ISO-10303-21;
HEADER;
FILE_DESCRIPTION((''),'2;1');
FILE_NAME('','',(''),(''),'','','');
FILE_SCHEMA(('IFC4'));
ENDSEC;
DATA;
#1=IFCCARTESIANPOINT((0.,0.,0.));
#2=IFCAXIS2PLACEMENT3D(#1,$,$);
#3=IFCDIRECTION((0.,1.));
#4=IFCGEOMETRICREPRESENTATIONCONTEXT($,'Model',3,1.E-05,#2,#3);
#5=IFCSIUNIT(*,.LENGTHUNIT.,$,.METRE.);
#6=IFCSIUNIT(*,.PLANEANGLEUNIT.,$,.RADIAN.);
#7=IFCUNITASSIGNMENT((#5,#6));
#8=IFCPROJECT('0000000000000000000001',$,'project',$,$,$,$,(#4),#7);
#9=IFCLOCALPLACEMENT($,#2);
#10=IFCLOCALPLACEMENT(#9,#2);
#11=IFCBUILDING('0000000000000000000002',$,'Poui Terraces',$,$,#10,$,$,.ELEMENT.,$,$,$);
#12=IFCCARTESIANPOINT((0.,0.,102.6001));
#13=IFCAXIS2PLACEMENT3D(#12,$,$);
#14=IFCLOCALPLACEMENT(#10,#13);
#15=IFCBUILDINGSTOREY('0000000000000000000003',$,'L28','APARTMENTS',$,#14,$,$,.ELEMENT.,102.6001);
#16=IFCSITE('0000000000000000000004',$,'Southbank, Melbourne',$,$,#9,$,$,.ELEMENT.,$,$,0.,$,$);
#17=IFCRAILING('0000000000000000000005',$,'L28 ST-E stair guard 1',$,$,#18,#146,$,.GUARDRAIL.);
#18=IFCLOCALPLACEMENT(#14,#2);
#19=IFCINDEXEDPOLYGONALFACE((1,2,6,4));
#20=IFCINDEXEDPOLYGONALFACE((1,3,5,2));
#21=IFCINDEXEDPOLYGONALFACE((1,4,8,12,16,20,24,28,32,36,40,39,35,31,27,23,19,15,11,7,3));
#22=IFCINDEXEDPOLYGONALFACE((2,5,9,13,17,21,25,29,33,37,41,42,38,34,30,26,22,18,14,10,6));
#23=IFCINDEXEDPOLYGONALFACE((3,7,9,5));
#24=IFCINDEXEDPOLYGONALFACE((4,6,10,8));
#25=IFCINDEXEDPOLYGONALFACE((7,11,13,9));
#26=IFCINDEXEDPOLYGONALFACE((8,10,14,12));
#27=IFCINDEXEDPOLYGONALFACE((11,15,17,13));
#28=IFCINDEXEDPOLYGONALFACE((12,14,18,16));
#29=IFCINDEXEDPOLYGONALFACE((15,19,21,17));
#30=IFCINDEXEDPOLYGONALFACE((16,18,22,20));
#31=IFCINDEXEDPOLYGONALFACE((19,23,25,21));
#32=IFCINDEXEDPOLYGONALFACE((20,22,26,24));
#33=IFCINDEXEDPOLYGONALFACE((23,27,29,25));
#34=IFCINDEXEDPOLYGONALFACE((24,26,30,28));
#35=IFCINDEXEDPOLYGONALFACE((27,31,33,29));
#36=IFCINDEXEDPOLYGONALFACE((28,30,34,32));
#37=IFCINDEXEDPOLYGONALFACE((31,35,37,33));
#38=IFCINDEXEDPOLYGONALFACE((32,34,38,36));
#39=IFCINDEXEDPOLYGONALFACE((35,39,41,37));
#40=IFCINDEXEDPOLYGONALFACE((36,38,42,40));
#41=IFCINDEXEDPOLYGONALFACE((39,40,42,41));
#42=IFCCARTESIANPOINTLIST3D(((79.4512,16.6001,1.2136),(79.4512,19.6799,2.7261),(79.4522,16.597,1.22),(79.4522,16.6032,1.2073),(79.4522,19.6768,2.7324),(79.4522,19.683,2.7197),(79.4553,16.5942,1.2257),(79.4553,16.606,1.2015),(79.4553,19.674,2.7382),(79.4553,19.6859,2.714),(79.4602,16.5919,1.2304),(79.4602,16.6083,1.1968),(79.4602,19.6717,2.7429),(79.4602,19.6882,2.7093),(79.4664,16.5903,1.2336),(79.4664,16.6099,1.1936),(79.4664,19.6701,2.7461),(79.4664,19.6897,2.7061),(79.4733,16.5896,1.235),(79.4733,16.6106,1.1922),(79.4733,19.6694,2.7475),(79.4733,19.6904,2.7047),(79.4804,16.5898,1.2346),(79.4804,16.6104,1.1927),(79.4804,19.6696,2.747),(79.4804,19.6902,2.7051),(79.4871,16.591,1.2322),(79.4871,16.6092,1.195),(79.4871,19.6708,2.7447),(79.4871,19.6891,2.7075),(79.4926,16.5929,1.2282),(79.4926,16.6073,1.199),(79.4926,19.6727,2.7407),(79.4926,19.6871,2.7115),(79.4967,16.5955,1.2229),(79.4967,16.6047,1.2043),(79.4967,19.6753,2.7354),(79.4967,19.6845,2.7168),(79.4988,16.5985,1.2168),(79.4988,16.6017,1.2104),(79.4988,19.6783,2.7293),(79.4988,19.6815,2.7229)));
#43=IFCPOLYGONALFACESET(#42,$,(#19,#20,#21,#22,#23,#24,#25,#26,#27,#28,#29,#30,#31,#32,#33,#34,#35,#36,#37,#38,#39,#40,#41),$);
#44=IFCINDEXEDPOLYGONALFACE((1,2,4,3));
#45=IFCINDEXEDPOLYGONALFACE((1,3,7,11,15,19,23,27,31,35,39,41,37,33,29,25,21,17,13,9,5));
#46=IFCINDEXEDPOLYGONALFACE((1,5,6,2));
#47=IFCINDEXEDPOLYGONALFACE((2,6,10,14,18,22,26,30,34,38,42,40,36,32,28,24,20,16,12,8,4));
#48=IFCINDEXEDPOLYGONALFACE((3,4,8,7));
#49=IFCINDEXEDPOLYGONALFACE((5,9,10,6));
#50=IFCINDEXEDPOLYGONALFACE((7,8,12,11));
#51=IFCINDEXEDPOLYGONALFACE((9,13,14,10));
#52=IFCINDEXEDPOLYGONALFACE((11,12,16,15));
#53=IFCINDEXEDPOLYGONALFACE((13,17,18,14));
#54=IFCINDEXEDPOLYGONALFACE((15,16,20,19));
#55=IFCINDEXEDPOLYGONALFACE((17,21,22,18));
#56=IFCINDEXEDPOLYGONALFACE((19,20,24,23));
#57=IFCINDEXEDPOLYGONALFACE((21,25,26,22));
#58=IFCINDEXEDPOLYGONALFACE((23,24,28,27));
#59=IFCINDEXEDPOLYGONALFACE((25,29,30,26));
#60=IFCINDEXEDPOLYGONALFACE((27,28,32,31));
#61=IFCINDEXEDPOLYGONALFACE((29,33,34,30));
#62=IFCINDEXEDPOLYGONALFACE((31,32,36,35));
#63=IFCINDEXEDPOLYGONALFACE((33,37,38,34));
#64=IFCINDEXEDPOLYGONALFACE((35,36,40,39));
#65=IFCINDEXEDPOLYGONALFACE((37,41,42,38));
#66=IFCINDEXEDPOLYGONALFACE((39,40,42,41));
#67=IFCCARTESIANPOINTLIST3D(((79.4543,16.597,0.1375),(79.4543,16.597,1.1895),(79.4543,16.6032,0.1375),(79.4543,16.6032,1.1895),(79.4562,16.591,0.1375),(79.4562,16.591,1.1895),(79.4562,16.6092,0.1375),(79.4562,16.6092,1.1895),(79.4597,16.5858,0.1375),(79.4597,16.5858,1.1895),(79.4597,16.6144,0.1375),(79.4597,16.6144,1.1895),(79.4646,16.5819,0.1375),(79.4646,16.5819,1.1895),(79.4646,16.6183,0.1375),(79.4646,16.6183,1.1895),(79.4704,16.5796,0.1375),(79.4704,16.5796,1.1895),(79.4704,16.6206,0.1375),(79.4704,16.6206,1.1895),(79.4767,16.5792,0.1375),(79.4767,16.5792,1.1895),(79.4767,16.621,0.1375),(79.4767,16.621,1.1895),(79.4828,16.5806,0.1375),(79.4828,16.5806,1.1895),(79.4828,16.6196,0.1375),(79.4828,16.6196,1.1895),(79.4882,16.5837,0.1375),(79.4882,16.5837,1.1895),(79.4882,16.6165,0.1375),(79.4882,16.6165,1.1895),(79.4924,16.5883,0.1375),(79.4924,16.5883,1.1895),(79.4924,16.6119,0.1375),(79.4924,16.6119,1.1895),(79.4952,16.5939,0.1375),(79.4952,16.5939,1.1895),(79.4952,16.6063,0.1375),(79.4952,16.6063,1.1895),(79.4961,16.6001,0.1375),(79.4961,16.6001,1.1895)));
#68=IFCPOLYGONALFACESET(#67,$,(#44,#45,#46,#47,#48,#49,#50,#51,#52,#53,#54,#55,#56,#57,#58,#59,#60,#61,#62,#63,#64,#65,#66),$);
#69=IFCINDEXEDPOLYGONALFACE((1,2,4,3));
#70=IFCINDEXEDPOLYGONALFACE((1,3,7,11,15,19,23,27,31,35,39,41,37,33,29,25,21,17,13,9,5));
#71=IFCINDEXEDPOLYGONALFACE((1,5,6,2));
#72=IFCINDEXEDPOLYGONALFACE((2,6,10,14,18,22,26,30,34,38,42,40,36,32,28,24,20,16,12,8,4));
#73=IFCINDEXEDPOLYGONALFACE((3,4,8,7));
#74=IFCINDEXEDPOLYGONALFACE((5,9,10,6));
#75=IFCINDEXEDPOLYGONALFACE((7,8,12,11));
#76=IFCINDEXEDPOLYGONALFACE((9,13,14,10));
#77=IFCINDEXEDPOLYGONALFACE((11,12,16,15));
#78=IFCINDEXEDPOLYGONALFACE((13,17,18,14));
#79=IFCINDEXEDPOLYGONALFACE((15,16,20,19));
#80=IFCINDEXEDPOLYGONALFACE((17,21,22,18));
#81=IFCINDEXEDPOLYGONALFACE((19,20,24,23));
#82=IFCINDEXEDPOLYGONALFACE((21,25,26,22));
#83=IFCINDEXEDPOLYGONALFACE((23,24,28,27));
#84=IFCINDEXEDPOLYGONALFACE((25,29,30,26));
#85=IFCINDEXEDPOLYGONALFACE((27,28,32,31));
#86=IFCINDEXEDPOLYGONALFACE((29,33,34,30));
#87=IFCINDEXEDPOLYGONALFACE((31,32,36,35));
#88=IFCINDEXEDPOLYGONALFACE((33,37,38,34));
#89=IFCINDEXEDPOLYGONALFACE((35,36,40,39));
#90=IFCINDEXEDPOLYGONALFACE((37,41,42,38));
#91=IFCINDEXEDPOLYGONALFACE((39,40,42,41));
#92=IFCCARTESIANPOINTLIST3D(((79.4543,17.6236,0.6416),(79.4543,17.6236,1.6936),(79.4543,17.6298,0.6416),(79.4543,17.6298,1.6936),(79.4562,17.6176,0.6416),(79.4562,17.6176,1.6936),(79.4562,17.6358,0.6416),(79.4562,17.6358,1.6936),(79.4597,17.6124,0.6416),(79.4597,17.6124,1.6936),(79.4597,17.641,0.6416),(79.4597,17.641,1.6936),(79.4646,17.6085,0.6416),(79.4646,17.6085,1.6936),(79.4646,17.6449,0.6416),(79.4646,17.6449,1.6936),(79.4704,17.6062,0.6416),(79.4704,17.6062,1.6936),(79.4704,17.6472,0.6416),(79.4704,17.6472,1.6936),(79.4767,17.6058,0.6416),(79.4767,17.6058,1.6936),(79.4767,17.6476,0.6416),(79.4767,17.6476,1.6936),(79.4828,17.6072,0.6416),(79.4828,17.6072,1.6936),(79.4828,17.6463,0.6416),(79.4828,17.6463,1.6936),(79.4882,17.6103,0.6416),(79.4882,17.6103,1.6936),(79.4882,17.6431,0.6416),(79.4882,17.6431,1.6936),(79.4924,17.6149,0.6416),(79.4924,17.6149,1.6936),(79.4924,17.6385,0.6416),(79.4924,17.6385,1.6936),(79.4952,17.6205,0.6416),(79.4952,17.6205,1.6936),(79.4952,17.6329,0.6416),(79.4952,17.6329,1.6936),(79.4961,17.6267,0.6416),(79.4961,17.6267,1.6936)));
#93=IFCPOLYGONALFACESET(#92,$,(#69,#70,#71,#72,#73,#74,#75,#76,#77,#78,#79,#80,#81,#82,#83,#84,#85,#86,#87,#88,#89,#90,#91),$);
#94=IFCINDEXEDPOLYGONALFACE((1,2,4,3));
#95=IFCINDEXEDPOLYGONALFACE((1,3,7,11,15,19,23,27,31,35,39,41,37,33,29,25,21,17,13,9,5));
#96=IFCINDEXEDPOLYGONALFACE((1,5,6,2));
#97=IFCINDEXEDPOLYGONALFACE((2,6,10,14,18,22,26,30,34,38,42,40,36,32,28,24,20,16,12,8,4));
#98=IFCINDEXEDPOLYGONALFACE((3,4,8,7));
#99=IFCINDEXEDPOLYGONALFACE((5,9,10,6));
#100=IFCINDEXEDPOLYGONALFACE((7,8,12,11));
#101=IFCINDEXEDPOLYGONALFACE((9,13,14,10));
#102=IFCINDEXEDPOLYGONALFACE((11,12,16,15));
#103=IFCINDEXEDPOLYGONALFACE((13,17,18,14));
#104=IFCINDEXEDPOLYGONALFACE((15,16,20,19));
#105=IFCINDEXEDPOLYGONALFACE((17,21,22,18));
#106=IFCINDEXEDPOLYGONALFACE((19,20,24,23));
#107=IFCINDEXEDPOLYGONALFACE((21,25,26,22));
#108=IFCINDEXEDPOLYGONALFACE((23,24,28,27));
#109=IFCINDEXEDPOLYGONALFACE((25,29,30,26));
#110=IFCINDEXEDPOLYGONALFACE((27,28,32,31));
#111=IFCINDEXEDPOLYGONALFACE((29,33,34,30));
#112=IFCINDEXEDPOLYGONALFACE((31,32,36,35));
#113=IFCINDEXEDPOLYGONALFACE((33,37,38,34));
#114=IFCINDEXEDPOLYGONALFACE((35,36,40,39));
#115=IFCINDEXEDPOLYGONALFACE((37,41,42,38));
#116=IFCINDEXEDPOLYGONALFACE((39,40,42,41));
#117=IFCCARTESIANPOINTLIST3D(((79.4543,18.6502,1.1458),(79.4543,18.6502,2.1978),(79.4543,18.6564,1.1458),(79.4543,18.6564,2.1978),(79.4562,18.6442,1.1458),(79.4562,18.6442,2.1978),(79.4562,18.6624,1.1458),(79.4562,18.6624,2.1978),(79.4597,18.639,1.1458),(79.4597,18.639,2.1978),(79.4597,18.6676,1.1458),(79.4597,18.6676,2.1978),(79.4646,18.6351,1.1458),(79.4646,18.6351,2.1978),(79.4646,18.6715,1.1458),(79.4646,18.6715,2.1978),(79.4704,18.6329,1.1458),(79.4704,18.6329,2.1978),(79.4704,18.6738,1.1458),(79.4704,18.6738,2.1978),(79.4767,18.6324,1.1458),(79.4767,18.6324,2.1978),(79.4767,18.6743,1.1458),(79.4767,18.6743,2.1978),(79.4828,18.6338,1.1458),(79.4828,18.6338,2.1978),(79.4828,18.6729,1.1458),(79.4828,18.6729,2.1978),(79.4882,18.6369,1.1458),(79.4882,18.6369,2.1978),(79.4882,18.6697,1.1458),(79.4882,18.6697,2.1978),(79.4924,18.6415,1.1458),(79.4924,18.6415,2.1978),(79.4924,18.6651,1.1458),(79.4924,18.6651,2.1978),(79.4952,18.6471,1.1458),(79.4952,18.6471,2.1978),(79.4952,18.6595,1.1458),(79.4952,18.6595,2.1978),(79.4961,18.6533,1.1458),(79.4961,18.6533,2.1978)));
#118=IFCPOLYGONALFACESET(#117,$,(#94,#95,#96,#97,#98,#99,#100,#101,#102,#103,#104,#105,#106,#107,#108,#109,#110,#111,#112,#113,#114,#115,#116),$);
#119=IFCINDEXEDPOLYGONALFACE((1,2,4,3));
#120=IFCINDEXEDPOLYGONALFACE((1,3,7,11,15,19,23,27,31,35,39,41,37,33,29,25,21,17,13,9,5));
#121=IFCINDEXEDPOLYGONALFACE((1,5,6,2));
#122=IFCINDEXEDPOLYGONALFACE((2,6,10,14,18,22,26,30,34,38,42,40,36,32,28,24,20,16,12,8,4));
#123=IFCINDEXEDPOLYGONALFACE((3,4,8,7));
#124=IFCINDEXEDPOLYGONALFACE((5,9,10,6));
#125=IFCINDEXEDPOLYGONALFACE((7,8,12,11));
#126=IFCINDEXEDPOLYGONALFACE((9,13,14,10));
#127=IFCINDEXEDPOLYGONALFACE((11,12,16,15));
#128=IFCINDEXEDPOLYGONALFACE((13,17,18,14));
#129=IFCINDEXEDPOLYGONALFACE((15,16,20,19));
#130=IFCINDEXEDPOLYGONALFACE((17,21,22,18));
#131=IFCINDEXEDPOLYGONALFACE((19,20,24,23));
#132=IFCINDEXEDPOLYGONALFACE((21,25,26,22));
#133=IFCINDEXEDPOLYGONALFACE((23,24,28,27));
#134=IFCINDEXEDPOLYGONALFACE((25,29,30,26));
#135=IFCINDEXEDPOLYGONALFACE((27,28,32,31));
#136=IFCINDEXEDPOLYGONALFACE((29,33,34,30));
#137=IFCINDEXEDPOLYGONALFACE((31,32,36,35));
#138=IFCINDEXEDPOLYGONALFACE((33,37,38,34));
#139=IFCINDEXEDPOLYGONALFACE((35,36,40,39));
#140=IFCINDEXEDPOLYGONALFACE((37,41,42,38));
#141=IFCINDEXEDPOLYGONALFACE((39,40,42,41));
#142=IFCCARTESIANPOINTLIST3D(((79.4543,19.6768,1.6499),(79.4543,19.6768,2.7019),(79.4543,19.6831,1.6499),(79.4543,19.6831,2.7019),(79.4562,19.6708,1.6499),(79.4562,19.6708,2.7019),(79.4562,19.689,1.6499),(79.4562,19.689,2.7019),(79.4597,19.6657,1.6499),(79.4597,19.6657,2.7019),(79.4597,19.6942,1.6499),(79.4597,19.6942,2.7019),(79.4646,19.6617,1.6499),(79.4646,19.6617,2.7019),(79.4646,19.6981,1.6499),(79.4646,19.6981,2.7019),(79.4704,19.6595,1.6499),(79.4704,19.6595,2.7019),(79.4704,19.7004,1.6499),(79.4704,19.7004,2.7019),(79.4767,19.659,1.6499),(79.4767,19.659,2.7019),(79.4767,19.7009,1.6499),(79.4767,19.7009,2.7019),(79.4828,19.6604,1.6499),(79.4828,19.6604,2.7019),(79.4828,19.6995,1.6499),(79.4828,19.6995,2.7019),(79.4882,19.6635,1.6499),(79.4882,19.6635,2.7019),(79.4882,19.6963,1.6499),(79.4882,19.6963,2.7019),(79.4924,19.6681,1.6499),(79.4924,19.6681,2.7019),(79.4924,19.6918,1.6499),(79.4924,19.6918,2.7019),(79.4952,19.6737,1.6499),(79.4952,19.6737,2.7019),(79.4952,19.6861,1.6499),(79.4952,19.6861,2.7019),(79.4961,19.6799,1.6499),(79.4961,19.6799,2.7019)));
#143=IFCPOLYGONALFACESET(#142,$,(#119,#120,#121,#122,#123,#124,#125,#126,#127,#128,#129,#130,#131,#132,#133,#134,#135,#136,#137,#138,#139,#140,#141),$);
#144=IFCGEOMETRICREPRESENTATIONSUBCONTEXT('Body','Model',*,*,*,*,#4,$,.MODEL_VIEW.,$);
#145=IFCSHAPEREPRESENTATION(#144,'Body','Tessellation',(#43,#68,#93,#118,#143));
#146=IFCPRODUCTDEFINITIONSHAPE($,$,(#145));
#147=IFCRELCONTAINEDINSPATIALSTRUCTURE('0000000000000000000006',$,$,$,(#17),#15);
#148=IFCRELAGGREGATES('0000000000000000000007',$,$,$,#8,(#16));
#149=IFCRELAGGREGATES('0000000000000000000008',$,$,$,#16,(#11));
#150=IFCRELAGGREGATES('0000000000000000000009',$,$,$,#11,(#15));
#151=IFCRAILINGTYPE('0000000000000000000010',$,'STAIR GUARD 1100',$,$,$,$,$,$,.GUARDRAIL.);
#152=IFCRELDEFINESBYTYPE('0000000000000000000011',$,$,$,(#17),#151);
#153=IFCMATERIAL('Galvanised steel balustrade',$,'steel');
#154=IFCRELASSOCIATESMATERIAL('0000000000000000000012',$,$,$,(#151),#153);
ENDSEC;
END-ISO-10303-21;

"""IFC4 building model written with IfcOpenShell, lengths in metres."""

from ifc_helpers import new_model, si_unit, direction, frame, origin, origin_2d, place, context, subcontext, project, spatial, circle, extrude, material, type_object, element, save


model = new_model("IFC4")

# Units and contexts
model_context = context("Model", 3, precision=1e-05, world=origin(), true_north=direction((0.0, 1.0)))
body_context = subcontext(model_context, "Body", "Model", "MODEL_VIEW")
ifc_project = project(units=[si_unit("LENGTHUNIT", "METRE"), si_unit("PLANEANGLEUNIT", "RADIAN")], contexts=[model_context])

# Site, building, storey
site_placement = place(None, origin())
site = spatial("IfcSite", under=ifc_project, at=site_placement, Name="Southbank, Melbourne", CompositionType="ELEMENT", RefElevation=0.0)
building_placement = place(site_placement, origin())
building = spatial("IfcBuilding", under=site, at=building_placement, Name="Poui Terraces", CompositionType="ELEMENT")
storey_placement = place(building_placement, frame((0.0, 0.0, 102.6001)))
storey = spatial("IfcBuildingStorey", under=building, at=storey_placement, Name="L28", Description="APARTMENTS", CompositionType="ELEMENT", Elevation=102.6001)

# Railing
ifc_material_1 = material(Name="Galvanised steel balustrade", Category="steel")
railing_type_1 = type_object("IfcRailingType", Name="STAIR GUARD 1100", PredefinedType="GUARDRAIL", material=ifc_material_1)
railing_1_placement = place(storey_placement, frame((79.4751, 16.6001, 0.1375)))
element("IfcRailing", 1, at=railing_1_placement, inside=storey, type_object=railing_type_1, Name="L28 ST-E stair guard 1", PredefinedType="GUARDRAIL", context=body_context, shape_type="SweptSolid", body=[
    extrude(circle(Radius=0.0239, at=origin_2d()), frame((0.0, 0.0, 1.0762), z_axis=(0.0, 0.897606, 0.440798), x_axis=(-1.0, 0.0, 0.0)), (0.0, 0.0, 1.0), 3.4312),
    extrude(circle(Radius=0.021, at=origin_2d()), origin(), (0.0, 0.0, 1.0), 1.052),
    extrude(circle(Radius=0.021, at=origin_2d()), frame((0.0, 1.0266, 0.5042)), (0.0, 0.0, 1.0), 1.052),
    extrude(circle(Radius=0.021, at=origin_2d()), frame((0.0, 2.0532, 1.0083)), (0.0, 0.0, 1.0), 1.052),
    extrude(circle(Radius=0.021, at=origin_2d()), frame((0.0, 3.0798, 1.5125)), (0.0, 0.0, 1.0), 1.052),
])

save(model, "model.ifc")
